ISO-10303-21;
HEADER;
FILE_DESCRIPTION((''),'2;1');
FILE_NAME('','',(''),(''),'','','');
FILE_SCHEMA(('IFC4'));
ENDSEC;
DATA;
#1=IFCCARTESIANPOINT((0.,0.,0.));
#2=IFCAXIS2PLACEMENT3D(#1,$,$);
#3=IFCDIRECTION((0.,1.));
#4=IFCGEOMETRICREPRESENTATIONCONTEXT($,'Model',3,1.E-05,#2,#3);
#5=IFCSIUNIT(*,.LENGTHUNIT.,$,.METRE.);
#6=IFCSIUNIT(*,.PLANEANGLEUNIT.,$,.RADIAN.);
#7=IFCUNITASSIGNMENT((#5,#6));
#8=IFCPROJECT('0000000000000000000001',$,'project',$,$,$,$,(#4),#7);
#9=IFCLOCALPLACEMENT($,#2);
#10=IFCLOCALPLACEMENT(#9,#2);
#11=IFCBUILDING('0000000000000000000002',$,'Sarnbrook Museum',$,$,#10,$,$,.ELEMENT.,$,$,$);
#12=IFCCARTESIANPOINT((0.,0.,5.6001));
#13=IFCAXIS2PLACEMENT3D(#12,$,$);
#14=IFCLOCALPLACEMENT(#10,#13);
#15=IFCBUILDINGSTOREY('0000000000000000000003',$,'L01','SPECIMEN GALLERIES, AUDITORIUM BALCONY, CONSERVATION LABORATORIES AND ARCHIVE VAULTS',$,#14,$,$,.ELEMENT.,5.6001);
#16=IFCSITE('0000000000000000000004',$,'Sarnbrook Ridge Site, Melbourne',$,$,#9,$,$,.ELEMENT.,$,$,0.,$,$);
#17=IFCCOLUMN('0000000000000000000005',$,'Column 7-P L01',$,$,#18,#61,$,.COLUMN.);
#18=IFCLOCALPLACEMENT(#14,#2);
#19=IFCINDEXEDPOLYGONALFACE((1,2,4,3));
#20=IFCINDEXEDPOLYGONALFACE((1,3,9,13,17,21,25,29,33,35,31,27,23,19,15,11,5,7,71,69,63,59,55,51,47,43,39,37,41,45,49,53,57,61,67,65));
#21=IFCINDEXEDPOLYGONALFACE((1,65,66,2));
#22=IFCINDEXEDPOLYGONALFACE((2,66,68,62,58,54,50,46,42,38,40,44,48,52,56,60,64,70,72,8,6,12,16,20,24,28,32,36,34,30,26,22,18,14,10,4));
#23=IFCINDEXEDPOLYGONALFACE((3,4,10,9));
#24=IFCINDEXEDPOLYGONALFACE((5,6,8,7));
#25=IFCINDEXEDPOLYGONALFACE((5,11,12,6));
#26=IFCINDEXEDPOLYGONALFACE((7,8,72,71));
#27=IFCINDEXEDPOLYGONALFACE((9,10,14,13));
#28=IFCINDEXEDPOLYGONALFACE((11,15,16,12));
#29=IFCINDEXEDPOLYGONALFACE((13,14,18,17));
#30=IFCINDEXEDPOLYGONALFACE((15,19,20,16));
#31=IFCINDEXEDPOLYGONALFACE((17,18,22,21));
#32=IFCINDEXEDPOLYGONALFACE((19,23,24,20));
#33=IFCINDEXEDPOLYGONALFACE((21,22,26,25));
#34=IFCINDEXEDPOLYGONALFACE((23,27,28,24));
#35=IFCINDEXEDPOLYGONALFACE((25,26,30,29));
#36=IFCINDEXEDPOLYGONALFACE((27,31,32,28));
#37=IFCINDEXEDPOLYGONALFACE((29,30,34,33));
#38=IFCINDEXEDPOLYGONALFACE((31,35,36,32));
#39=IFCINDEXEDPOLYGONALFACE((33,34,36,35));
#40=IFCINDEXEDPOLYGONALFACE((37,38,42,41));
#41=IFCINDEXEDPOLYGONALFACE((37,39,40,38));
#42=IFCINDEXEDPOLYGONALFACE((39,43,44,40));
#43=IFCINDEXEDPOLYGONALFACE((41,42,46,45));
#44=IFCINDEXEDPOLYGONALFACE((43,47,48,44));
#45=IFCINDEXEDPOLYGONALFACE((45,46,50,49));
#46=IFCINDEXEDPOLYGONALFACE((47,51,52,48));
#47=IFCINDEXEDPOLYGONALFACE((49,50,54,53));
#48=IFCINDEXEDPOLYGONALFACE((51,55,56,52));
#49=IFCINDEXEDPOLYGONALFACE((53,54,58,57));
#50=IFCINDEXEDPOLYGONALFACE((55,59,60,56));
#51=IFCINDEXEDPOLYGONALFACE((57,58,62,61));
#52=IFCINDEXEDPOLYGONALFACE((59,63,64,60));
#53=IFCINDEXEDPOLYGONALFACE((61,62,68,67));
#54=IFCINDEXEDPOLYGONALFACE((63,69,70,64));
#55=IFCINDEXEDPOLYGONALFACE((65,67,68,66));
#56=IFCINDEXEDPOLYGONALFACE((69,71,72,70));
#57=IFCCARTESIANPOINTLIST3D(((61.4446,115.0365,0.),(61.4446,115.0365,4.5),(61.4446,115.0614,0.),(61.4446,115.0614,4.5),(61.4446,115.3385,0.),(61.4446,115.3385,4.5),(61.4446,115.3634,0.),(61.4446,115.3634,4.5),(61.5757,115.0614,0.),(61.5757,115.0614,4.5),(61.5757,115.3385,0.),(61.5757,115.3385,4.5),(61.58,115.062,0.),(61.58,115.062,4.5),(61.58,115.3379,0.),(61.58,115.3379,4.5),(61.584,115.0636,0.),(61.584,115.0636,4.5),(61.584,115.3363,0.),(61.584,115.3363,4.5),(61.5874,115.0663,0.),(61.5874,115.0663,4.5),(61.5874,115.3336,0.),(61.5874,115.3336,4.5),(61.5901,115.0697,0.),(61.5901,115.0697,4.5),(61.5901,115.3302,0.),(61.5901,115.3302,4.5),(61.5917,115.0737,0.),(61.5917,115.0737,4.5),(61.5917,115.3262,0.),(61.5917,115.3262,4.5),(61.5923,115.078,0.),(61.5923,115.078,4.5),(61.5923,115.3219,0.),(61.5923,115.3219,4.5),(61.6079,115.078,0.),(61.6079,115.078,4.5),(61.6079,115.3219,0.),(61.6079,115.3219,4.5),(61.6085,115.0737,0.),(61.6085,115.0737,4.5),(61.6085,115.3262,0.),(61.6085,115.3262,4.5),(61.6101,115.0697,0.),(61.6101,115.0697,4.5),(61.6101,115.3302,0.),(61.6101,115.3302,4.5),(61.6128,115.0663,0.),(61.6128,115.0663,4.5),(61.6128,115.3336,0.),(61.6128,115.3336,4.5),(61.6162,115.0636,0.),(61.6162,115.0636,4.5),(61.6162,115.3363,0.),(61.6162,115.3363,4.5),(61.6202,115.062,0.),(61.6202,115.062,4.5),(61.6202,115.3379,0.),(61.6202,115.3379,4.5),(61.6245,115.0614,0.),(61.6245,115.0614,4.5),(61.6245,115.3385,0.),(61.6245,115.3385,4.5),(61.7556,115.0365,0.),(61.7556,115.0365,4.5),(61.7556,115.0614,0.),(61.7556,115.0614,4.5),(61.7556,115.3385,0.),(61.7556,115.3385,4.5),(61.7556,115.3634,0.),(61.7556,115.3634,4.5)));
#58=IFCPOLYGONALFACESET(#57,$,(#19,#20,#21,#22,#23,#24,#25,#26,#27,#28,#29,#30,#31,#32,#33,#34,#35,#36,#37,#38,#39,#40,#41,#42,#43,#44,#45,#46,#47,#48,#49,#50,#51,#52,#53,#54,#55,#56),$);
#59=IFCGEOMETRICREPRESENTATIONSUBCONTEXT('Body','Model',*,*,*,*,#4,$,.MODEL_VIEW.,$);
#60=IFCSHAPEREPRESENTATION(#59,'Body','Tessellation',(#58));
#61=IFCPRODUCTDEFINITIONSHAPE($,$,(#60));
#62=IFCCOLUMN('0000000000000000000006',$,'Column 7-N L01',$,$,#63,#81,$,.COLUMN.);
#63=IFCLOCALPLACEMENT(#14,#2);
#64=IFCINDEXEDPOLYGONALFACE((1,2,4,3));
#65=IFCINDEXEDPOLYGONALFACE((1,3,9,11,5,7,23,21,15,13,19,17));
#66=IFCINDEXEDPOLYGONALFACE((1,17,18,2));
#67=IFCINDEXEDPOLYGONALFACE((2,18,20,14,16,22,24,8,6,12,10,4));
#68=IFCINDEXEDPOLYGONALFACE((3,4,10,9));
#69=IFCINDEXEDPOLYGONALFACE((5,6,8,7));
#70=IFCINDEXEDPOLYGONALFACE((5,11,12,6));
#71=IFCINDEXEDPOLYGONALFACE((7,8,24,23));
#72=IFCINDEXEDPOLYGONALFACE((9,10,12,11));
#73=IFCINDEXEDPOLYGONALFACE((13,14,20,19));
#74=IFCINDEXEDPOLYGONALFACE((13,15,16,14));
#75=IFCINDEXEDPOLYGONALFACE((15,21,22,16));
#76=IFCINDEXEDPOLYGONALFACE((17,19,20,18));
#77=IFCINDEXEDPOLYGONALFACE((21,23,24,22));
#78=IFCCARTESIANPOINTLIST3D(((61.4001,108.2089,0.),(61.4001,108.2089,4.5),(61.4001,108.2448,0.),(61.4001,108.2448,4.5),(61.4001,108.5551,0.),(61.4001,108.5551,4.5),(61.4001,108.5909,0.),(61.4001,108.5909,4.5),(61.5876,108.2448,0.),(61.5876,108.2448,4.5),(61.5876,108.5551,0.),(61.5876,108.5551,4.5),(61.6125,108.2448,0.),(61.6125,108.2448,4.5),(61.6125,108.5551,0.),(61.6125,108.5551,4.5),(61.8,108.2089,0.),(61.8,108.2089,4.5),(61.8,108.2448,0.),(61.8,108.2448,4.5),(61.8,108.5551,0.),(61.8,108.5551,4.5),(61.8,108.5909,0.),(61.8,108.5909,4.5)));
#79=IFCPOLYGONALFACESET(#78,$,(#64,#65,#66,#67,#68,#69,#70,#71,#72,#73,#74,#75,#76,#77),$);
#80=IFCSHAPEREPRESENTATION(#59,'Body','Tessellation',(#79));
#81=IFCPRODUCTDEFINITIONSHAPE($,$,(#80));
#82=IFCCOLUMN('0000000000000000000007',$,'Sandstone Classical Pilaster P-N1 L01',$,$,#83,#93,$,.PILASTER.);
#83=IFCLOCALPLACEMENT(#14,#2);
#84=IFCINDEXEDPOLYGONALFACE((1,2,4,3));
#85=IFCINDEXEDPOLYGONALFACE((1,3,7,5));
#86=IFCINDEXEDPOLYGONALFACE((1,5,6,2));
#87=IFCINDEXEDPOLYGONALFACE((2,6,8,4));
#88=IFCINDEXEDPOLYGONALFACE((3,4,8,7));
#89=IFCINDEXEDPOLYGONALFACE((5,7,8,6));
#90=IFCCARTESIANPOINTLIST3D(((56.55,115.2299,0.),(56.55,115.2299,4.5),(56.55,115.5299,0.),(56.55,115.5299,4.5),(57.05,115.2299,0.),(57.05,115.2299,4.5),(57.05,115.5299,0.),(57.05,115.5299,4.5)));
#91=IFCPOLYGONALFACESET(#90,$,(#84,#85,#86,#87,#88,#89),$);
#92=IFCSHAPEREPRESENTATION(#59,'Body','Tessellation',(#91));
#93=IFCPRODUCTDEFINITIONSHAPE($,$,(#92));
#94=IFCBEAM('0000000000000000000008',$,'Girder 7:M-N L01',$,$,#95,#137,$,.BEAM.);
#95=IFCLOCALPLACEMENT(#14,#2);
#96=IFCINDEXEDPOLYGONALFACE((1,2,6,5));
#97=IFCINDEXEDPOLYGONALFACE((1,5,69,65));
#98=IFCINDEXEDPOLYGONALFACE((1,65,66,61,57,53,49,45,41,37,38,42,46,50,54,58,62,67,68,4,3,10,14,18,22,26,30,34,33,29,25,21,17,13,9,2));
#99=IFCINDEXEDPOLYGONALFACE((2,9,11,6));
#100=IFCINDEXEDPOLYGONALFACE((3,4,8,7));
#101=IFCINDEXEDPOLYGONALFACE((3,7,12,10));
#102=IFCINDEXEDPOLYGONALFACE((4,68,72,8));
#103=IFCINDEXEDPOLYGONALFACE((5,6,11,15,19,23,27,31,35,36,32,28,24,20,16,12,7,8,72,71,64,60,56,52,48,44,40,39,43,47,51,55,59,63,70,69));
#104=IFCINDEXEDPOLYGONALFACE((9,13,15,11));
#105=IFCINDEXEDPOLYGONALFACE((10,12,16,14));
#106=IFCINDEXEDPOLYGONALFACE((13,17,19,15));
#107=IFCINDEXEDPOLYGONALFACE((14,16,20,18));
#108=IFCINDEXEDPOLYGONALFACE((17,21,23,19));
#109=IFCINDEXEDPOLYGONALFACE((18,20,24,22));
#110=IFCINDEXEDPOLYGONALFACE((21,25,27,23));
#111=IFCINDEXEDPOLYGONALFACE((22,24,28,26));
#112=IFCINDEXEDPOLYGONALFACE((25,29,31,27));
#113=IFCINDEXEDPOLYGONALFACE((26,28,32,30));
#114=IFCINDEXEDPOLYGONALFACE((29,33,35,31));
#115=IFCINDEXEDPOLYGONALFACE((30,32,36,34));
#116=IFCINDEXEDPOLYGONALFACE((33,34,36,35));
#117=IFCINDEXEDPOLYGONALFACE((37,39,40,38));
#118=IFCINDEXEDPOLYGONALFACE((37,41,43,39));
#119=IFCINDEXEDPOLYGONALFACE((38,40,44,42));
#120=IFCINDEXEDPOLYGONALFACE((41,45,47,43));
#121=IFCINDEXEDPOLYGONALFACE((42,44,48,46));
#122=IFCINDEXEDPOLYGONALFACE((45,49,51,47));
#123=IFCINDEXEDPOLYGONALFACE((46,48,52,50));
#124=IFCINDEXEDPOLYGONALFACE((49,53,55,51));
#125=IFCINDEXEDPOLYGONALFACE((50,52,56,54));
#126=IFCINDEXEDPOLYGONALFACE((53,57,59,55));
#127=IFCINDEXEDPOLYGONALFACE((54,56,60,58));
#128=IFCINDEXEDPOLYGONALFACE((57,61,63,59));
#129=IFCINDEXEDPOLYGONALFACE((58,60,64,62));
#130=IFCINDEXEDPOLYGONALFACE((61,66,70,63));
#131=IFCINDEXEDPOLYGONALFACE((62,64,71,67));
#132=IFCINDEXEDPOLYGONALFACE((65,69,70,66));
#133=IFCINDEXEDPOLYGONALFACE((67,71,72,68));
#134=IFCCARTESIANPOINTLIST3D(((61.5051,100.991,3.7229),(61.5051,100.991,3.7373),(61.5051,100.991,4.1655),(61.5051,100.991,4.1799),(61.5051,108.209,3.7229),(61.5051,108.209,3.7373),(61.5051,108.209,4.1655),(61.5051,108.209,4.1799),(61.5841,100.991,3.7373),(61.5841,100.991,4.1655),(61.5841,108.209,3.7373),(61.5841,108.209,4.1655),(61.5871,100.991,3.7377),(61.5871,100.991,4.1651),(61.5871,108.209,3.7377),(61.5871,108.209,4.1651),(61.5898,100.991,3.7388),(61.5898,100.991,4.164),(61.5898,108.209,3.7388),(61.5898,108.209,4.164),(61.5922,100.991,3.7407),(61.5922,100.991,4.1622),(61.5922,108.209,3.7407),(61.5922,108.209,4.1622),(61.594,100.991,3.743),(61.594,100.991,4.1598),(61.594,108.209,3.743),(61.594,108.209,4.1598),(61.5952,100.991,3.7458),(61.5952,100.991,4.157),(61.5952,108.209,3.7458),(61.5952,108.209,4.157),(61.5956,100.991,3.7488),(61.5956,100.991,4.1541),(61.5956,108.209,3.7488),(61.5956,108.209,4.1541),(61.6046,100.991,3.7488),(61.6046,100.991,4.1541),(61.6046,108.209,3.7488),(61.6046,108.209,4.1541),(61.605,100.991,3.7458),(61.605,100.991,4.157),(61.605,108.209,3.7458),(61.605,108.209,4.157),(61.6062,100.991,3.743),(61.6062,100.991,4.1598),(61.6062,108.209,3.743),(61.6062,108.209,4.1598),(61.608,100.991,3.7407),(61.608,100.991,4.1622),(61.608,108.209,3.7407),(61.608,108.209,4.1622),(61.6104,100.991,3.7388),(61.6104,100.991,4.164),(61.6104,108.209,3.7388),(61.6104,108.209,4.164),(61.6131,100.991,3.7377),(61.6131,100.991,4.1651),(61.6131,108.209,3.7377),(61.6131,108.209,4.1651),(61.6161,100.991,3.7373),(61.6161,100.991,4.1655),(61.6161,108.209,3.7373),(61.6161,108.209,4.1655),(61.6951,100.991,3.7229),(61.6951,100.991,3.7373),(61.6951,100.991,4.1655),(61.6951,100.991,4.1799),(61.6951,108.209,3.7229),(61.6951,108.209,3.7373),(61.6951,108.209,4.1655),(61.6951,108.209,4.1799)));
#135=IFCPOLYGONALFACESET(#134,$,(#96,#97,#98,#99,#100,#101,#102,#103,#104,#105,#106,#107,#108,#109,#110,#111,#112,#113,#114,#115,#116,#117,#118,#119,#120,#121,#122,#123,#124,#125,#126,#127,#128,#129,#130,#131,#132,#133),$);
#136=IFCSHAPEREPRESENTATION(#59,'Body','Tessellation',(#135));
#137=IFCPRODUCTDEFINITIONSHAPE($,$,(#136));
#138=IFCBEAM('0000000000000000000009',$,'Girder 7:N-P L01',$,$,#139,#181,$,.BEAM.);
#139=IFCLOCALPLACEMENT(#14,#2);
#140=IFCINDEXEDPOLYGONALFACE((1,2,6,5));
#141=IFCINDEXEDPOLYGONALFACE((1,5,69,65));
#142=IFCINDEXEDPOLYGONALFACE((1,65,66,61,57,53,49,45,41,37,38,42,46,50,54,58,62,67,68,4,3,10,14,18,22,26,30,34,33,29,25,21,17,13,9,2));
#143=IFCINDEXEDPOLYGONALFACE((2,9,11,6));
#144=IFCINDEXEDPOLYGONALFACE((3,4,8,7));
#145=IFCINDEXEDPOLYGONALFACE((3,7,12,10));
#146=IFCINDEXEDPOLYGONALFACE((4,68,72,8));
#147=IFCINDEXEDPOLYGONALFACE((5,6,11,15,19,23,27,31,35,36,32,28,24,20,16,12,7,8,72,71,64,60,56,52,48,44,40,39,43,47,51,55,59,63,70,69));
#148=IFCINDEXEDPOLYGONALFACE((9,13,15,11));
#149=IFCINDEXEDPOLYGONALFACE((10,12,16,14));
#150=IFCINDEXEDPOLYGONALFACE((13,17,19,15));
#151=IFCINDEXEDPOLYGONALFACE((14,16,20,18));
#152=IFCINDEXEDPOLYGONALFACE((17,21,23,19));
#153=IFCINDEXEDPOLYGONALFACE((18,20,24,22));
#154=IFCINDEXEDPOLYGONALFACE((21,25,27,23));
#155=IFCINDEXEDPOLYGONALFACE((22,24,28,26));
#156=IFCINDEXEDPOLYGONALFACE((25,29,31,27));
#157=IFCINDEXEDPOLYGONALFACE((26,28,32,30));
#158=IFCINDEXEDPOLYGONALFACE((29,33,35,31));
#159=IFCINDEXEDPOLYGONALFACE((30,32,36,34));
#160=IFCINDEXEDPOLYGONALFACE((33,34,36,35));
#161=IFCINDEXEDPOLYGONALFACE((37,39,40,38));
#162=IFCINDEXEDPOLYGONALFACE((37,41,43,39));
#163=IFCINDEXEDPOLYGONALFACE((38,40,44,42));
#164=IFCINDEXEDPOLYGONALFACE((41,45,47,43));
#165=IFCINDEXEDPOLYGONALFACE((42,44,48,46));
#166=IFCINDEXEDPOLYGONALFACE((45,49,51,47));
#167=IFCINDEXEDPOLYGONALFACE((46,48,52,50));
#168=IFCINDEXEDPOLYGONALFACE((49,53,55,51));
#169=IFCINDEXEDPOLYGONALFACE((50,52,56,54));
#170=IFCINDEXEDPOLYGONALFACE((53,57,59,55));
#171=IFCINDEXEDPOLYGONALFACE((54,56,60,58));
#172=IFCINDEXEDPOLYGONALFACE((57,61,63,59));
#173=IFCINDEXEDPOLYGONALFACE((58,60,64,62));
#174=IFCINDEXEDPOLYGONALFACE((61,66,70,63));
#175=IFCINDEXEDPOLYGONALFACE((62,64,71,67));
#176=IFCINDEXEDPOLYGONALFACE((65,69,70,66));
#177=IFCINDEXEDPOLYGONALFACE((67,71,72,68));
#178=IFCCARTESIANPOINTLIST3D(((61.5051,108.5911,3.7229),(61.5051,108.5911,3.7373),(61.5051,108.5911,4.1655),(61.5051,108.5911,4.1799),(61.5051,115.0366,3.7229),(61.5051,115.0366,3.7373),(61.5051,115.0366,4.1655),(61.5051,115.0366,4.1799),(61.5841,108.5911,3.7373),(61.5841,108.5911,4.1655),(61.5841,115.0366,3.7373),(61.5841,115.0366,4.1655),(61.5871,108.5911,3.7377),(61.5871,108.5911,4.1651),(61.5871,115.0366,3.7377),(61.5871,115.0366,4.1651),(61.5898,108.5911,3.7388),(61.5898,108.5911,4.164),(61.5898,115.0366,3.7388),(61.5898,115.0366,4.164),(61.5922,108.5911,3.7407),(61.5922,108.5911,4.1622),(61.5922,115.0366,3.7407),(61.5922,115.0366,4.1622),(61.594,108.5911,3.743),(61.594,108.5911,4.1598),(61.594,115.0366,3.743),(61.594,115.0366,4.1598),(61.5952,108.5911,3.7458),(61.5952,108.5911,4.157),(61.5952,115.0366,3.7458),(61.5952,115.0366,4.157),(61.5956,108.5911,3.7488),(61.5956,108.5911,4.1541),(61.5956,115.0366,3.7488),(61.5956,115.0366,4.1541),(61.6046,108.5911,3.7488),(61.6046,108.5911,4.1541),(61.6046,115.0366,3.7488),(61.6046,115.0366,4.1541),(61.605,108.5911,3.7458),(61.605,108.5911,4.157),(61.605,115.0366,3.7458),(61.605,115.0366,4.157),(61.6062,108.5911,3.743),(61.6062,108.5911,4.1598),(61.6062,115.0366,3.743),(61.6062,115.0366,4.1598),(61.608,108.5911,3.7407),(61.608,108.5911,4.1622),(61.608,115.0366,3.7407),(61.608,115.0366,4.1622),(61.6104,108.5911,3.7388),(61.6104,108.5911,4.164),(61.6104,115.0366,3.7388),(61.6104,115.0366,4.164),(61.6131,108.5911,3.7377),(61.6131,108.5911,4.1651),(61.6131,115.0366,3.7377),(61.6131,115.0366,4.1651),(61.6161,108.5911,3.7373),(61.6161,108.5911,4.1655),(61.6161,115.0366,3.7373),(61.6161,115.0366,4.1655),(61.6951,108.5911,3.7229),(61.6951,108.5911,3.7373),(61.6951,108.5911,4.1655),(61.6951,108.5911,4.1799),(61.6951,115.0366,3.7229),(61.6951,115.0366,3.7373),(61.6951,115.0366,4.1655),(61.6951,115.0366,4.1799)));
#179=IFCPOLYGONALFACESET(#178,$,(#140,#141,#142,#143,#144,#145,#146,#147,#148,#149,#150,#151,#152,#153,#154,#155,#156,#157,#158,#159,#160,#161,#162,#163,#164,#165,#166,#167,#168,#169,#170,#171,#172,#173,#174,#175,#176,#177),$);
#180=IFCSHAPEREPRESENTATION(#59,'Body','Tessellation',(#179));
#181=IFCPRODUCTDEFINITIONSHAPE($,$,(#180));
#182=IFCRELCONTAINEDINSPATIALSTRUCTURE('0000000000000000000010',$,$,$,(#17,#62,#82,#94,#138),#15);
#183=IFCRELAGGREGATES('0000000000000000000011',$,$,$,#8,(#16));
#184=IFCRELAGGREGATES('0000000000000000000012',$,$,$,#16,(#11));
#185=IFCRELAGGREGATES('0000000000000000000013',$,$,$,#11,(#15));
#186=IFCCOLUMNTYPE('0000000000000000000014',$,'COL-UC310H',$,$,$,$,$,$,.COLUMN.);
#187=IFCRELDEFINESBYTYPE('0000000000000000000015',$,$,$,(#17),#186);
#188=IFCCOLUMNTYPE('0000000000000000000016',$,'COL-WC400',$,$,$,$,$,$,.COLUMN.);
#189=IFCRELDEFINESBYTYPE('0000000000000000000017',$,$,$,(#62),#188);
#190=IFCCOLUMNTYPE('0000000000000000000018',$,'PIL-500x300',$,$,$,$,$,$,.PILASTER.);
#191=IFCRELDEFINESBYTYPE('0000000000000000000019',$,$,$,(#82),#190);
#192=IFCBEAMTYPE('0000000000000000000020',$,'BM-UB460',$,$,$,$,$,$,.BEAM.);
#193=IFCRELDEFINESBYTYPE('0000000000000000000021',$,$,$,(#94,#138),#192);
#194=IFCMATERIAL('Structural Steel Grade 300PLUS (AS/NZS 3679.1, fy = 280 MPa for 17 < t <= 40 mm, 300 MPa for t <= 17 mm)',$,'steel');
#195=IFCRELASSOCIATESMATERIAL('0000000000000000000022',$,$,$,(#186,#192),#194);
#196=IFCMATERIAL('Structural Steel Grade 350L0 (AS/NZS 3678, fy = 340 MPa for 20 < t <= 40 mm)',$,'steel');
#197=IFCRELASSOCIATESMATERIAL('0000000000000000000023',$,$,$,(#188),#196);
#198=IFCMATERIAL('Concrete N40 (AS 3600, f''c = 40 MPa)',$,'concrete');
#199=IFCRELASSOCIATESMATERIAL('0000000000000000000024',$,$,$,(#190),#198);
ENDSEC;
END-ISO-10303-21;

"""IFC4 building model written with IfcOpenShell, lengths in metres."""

from ifc_helpers import new_model, si_unit, direction, frame, origin, origin_2d, place, context, subcontext, project, spatial, rectangle, i_section, extrude, material, material_profile, profile_set, type_object, element, save


model = new_model("IFC4")

# Units and contexts
model_context = context("Model", 3, precision=1e-05, world=origin(), true_north=direction((0.0, 1.0)))
body_context = subcontext(model_context, "Body", "Model", "MODEL_VIEW")
ifc_project = project(units=[si_unit("LENGTHUNIT", "METRE"), si_unit("PLANEANGLEUNIT", "RADIAN")], contexts=[model_context])

# Site, building, storey
site_placement = place(None, origin())
site = spatial("IfcSite", under=ifc_project, at=site_placement, Name="Sarnbrook Ridge Site, Melbourne", CompositionType="ELEMENT", RefElevation=0.0)
building_placement = place(site_placement, origin())
building = spatial("IfcBuilding", under=site, at=building_placement, Name="Sarnbrook Museum", CompositionType="ELEMENT")
storey_placement = place(building_placement, frame((0.0, 0.0, 5.6001)))
storey = spatial("IfcBuildingStorey", under=building, at=storey_placement, Name="L01", Description="SPECIMEN GALLERIES, AUDITORIUM BALCONY, CONSERVATION LABORATORIES AND ARCHIVE VAULTS", CompositionType="ELEMENT", Elevation=5.6001)

# Columns
ifc_material_1 = material(Name="Structural Steel Grade 300PLUS (AS/NZS 3679.1, fy = 280 MPa for 17 < t <= 40 mm, 300 MPa for t <= 17 mm)", Category="steel")
ifc_material_profile_1 = material_profile(ifc_material_1, i_section(OverallWidth=0.311, OverallDepth=0.3269, WebThickness=0.0156, FlangeThickness=0.0249, FilletRadius=0.0166, at=origin_2d()), Name="310UC158")
ifc_profile_set_1 = profile_set([ifc_material_profile_1], Name="Structural Steel Grade 300PLUS (AS/NZS 3679.1, fy = 280 MPa for 17 < t <= 40 mm, 300 MPa for t <= 17 mm)")
column_type_1 = type_object("IfcColumnType", Name="COL-UC310H", PredefinedType="COLUMN", material=ifc_profile_set_1)
column_1_placement = place(storey_placement, frame((61.6001, 115.2, 0.0), z_axis=(0.0, 0.0, 1.0), x_axis=(1.0, 0.0, 0.0)))
element("IfcColumn", 1, at=column_1_placement, inside=storey, type_object=column_type_1, Name="Column 7-P L01", PredefinedType="COLUMN", context=body_context, shape_type="SweptSolid", body=[
    extrude(i_section(OverallWidth=0.311, OverallDepth=0.3269, WebThickness=0.0156, FlangeThickness=0.0249, FilletRadius=0.0166, at=origin_2d()), origin(), (0.0, 0.0, 1.0), 4.5),
])
ifc_material_2 = material(Name="Structural Steel Grade 350L0 (AS/NZS 3678, fy = 340 MPa for 20 < t <= 40 mm)", Category="steel")
ifc_material_profile_2 = material_profile(ifc_material_2, i_section(OverallWidth=0.3999, OverallDepth=0.3821, WebThickness=0.0249, FlangeThickness=0.0359, at=origin_2d()), Name="400WC270")
ifc_profile_set_2 = profile_set([ifc_material_profile_2], Name="Structural Steel Grade 350L0 (AS/NZS 3678, fy = 340 MPa for 20 < t <= 40 mm)")
column_type_2 = type_object("IfcColumnType", Name="COL-WC400", PredefinedType="COLUMN", material=ifc_profile_set_2)
column_2_placement = place(storey_placement, frame((61.6001, 108.3999, 0.0), z_axis=(0.0, 0.0, 1.0), x_axis=(1.0, 0.0, 0.0)))
element("IfcColumn", 2, at=column_2_placement, inside=storey, type_object=column_type_2, Name="Column 7-N L01", PredefinedType="COLUMN", context=body_context, shape_type="SweptSolid", body=[
    extrude(i_section(OverallWidth=0.3999, OverallDepth=0.3821, WebThickness=0.0249, FlangeThickness=0.0359, at=origin_2d()), origin(), (0.0, 0.0, 1.0), 4.5),
])
ifc_material_3 = material(Name="Concrete N40 (AS 3600, f'c = 40 MPa)", Category="concrete")
ifc_material_profile_3 = material_profile(ifc_material_3, rectangle(XDim=0.5, YDim=0.3, at=origin_2d()), Name="PILASTER 500x300")
ifc_profile_set_3 = profile_set([ifc_material_profile_3], Name="Concrete N40 (AS 3600, f'c = 40 MPa)")
column_type_3 = type_object("IfcColumnType", Name="PIL-500x300", PredefinedType="PILASTER", material=ifc_profile_set_3)
column_3_placement = place(storey_placement, frame((56.8, 115.3799, 0.0), z_axis=(0.0, 0.0, 1.0), x_axis=(1.0, 0.0, 0.0)))
element("IfcColumn", 3, at=column_3_placement, inside=storey, type_object=column_type_3, Name="Sandstone Classical Pilaster P-N1 L01", PredefinedType="PILASTER", context=body_context, shape_type="SweptSolid", body=[
    extrude(rectangle(XDim=0.5, YDim=0.3, at=origin_2d()), origin(), (0.0, 0.0, 1.0), 4.5),
])

# Beams
ifc_material_profile_4 = material_profile(ifc_material_1, i_section(OverallWidth=0.1899, OverallDepth=0.457, WebThickness=0.009, FlangeThickness=0.0144, FilletRadius=0.0115, at=origin_2d()), Name="460UB74.6")
ifc_profile_set_4 = profile_set([ifc_material_profile_4], Name="Structural Steel Grade 300PLUS (AS/NZS 3679.1, fy = 280 MPa for 17 < t <= 40 mm, 300 MPa for t <= 17 mm)")
beam_type_1 = type_object("IfcBeamType", Name="BM-UB460", PredefinedType="BEAM", material=ifc_profile_set_4)
beam_1_placement = place(storey_placement, frame((61.6001, 100.991, 3.9514), z_axis=(0.0, 1.0, 0.0), x_axis=(-1.0, 0.0, 0.0)))
element("IfcBeam", 4, at=beam_1_placement, inside=storey, type_object=beam_type_1, Name="Girder 7:M-N L01", PredefinedType="BEAM", context=body_context, shape_type="SweptSolid", body=[
    extrude(i_section(OverallWidth=0.1899, OverallDepth=0.457, WebThickness=0.009, FlangeThickness=0.0144, FilletRadius=0.0115, at=origin_2d()), origin(), (0.0, 0.0, 1.0), 7.218),
])
beam_2_placement = place(storey_placement, frame((61.6001, 108.5911, 3.9514), z_axis=(0.0, 1.0, 0.0), x_axis=(-1.0, 0.0, 0.0)))
element("IfcBeam", 5, at=beam_2_placement, inside=storey, type_object=beam_type_1, Name="Girder 7:N-P L01", PredefinedType="BEAM", context=body_context, shape_type="SweptSolid", body=[
    extrude(i_section(OverallWidth=0.1899, OverallDepth=0.457, WebThickness=0.009, FlangeThickness=0.0144, FilletRadius=0.0115, at=origin_2d()), origin(), (0.0, 0.0, 1.0), 6.4456),
])

save(model, "model.ifc")
